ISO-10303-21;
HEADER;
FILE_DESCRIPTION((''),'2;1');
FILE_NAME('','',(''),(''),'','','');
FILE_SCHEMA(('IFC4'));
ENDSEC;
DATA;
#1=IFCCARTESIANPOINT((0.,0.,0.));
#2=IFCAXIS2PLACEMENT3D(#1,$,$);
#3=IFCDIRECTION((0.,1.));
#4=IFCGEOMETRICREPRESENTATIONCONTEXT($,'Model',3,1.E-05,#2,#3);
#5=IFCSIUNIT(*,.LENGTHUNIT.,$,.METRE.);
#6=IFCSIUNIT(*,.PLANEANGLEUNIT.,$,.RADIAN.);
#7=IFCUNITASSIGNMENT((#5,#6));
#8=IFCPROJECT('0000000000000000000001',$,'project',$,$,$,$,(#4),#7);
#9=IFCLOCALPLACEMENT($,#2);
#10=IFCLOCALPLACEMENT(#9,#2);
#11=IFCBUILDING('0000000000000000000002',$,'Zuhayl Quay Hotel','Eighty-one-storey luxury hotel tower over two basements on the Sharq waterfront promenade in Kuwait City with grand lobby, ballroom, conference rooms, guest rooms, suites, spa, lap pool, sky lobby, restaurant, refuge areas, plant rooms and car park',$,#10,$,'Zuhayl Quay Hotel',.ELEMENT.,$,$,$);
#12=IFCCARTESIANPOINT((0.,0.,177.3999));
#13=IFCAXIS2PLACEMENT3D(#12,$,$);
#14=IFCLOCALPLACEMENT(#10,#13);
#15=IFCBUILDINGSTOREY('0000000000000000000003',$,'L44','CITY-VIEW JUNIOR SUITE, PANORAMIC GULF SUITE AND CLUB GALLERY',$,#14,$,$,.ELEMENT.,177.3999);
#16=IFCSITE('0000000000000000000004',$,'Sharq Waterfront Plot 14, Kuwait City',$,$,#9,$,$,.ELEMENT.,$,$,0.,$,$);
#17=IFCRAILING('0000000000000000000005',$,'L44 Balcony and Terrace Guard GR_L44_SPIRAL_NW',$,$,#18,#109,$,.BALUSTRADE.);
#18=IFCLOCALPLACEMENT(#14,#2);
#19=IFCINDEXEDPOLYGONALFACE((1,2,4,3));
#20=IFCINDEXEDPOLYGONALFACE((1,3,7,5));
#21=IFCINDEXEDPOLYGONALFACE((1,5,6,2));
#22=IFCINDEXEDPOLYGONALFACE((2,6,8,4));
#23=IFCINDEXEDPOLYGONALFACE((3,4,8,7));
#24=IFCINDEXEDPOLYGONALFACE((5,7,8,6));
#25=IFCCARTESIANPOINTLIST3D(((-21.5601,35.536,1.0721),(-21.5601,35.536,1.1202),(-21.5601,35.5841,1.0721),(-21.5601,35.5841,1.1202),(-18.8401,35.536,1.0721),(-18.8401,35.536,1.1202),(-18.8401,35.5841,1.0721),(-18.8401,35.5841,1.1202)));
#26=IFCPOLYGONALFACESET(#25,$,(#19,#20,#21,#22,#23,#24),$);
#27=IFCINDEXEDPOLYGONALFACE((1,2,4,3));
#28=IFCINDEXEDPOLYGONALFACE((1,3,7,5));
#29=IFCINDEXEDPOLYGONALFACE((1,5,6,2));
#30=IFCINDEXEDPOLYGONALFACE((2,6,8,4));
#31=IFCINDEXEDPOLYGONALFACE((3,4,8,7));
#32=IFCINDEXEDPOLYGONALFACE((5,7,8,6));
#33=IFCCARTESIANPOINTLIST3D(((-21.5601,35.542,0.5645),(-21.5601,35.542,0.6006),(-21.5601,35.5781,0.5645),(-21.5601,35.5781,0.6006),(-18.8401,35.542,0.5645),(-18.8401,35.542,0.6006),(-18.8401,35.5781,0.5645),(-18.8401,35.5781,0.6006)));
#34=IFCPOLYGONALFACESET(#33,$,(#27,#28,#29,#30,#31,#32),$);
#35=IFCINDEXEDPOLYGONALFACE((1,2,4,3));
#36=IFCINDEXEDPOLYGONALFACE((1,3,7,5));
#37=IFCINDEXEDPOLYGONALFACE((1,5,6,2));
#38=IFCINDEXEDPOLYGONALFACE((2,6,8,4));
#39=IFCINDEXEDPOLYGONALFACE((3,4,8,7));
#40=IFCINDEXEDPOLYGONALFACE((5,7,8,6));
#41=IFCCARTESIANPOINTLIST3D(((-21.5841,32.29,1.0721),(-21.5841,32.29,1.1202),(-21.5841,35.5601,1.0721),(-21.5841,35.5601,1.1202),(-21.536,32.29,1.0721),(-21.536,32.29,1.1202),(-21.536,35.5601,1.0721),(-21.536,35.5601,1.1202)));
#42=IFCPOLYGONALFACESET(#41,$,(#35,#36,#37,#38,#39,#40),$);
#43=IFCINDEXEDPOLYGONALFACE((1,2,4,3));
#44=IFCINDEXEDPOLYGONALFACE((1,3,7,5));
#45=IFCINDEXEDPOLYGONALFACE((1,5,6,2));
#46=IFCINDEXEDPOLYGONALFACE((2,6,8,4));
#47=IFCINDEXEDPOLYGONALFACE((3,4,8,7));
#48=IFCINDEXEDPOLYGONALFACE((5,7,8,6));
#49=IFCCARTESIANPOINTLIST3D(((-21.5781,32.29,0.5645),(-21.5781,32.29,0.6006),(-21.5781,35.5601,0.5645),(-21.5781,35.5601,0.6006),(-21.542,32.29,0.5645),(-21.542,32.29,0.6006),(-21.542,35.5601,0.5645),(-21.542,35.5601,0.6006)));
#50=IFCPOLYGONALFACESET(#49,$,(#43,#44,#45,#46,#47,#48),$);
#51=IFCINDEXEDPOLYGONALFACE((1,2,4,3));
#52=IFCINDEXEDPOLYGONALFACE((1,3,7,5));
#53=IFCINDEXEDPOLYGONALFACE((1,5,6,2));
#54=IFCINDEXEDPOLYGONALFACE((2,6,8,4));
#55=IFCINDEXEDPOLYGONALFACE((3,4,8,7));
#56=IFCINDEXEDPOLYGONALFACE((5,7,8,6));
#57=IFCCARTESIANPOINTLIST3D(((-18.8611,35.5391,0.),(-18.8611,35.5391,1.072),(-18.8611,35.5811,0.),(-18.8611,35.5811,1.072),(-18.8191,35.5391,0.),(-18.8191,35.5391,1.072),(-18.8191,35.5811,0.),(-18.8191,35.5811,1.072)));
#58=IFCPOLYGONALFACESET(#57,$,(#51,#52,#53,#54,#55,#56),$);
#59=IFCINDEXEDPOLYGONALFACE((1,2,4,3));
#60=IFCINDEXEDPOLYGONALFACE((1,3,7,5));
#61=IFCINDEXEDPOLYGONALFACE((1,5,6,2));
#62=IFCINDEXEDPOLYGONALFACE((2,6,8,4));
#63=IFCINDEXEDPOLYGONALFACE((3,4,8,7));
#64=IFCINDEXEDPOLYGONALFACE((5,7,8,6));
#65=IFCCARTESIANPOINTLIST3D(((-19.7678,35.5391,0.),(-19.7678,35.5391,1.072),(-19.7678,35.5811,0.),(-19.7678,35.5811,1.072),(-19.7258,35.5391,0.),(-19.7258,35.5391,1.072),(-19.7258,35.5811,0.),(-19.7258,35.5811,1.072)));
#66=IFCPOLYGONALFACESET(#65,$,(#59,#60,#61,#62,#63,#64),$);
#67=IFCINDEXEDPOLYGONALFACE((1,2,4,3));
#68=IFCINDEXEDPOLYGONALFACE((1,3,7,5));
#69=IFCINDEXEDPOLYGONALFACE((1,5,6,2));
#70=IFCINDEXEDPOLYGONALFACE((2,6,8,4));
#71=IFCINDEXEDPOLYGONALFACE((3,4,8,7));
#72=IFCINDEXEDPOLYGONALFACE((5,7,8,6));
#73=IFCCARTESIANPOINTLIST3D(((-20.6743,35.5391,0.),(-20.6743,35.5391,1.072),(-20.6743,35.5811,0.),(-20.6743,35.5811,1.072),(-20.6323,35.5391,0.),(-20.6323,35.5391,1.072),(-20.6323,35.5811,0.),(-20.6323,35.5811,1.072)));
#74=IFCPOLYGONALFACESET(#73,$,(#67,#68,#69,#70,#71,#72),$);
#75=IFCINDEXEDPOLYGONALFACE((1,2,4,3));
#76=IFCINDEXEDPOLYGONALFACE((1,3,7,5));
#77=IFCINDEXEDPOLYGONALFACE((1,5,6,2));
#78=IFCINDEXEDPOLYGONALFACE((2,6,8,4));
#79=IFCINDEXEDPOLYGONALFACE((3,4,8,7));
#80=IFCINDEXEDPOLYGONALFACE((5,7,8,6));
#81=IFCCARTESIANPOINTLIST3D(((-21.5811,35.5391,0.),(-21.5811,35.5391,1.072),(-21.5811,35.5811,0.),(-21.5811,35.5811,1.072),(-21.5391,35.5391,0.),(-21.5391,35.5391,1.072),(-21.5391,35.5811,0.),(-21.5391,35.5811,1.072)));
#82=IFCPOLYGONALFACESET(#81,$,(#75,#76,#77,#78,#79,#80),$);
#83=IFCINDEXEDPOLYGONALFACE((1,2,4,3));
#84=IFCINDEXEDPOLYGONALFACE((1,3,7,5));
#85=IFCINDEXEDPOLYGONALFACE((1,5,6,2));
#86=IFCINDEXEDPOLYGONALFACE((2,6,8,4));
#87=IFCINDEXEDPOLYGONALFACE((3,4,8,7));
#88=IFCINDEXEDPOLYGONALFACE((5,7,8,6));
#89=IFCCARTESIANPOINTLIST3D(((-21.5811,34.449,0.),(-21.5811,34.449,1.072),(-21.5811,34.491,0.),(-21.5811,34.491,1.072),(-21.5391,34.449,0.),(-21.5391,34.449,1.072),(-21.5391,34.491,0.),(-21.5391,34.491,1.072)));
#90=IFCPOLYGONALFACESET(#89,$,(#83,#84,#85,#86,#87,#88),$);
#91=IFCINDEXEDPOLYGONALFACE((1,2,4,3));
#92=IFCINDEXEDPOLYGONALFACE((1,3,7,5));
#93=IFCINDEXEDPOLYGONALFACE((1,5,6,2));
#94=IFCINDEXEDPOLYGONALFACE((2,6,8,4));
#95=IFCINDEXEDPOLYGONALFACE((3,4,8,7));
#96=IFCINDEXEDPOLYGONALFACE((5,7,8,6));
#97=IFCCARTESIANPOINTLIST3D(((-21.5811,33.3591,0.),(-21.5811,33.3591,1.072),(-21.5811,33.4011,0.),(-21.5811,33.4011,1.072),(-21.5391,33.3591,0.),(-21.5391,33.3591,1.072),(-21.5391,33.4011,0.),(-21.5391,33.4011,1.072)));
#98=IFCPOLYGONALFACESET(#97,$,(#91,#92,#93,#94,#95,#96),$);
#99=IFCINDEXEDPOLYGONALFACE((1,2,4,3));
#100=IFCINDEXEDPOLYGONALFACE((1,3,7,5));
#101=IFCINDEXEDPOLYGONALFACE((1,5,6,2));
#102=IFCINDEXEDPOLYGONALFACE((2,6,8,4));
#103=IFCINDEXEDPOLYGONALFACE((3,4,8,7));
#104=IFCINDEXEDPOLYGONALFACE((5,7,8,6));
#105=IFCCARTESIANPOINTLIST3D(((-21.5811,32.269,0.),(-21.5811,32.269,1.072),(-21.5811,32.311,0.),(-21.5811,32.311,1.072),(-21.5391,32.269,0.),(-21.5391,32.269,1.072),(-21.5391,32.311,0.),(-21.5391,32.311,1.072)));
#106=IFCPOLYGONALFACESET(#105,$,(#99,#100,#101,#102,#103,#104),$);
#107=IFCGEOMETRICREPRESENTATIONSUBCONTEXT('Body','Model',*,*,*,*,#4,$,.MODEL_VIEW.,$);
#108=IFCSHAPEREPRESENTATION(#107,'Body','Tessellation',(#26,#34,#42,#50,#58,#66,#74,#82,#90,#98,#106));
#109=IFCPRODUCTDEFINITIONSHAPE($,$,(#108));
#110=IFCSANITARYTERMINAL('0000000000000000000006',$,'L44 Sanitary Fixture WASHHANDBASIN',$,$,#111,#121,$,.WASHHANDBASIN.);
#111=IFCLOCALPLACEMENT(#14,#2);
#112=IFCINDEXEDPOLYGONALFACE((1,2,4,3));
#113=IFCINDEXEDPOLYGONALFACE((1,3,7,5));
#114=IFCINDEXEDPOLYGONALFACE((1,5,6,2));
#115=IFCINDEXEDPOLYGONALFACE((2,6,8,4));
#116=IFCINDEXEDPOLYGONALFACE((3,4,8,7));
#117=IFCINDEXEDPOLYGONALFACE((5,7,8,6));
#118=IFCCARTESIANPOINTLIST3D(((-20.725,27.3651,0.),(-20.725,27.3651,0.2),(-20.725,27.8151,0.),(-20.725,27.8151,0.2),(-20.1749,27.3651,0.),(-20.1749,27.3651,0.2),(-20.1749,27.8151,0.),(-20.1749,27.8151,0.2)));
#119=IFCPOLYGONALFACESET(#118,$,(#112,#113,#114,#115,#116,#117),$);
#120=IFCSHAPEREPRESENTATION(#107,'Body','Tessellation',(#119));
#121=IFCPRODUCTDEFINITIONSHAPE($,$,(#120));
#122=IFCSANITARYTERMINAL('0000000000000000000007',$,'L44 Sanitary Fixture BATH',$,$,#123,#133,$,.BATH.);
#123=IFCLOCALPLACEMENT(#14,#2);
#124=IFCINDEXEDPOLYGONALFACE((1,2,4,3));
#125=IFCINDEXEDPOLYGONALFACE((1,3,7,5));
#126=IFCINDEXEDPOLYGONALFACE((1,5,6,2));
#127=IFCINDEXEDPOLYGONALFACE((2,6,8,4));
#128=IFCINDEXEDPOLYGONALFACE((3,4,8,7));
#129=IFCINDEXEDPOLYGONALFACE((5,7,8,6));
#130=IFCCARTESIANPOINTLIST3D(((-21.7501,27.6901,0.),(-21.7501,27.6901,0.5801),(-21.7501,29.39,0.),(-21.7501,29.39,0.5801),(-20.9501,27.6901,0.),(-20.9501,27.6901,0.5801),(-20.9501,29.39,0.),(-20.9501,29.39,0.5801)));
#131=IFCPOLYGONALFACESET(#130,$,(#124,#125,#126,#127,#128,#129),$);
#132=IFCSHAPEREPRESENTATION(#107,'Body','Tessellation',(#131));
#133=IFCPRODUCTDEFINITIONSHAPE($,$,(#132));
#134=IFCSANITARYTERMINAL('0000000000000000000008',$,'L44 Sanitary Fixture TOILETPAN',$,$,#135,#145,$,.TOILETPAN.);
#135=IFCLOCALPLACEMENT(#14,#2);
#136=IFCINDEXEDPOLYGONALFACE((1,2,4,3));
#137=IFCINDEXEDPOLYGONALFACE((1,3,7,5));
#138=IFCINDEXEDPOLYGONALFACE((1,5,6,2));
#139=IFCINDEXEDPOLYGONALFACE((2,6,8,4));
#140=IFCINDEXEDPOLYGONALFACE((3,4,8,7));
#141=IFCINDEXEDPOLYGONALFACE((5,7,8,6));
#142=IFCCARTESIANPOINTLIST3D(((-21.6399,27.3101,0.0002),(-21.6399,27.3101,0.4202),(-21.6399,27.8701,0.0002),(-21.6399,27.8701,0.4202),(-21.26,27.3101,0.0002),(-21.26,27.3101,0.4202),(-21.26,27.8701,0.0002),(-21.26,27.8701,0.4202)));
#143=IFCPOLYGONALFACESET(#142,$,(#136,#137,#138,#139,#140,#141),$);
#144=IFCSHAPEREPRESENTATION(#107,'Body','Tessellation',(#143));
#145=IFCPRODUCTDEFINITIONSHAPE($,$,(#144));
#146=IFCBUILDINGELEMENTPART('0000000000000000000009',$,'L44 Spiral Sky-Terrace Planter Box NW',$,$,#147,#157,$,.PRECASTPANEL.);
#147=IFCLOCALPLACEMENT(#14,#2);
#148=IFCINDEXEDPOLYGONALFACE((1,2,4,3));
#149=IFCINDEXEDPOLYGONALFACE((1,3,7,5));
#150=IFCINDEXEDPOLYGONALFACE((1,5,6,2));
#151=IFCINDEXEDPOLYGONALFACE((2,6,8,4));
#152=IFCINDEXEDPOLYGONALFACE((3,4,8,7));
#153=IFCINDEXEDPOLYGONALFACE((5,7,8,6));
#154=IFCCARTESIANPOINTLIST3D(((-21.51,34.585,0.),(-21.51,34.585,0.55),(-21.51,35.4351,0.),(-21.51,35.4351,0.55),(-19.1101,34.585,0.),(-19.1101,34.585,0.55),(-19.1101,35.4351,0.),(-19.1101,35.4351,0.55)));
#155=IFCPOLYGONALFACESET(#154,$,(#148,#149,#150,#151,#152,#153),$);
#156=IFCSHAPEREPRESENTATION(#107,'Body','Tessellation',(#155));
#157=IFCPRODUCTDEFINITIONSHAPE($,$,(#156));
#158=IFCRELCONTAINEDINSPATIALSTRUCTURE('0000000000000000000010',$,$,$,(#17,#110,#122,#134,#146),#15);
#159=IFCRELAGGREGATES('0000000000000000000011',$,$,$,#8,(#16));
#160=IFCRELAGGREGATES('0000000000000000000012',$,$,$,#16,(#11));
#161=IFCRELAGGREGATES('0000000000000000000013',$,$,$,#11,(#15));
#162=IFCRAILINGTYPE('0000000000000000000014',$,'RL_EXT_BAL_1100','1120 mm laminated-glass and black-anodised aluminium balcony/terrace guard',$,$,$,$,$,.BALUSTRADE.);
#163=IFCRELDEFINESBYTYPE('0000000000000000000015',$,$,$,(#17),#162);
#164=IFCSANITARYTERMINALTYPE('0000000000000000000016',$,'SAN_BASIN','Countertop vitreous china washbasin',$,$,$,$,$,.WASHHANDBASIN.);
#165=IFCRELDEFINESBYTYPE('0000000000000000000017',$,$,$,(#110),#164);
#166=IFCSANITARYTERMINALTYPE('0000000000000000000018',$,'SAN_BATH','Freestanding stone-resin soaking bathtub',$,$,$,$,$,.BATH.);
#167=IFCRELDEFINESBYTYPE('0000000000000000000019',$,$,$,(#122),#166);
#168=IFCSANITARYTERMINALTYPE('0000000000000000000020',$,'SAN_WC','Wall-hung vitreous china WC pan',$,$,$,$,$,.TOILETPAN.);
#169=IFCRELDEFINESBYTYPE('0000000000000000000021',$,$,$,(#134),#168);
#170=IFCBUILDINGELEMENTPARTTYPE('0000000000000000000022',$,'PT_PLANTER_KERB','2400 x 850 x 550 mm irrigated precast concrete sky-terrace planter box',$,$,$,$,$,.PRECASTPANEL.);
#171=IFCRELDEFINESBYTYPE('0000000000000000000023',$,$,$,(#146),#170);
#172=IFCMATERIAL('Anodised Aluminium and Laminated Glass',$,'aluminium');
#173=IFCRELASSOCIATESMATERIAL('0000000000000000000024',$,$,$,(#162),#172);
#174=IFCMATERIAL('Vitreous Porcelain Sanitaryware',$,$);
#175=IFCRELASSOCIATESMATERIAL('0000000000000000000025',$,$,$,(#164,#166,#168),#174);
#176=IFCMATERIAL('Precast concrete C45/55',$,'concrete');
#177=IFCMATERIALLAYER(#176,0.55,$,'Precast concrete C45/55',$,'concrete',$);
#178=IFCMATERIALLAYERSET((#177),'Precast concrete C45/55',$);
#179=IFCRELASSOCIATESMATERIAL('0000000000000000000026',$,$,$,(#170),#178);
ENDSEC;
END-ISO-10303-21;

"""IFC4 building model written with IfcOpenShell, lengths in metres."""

from ifc_helpers import new_model, si_unit, direction, frame, origin, origin_2d, place, context, subcontext, project, spatial, rectangle, extrude, material, layer, layer_set, type_object, element, save


model = new_model("IFC4")

# Units and contexts
model_context = context("Model", 3, precision=1e-05, world=origin(), true_north=direction((0.0, 1.0)))
body_context = subcontext(model_context, "Body", "Model", "MODEL_VIEW")
ifc_project = project(units=[si_unit("LENGTHUNIT", "METRE"), si_unit("PLANEANGLEUNIT", "RADIAN")], contexts=[model_context])

# Site, building, storey
site_placement = place(None, origin())
site = spatial("IfcSite", under=ifc_project, at=site_placement, Name="Sharq Waterfront Plot 14, Kuwait City", CompositionType="ELEMENT", RefElevation=0.0)
building_placement = place(site_placement, origin())
building = spatial("IfcBuilding", under=site, at=building_placement, Name="Zuhayl Quay Hotel", Description="Eighty-one-storey luxury hotel tower over two basements on the Sharq waterfront promenade in Kuwait City with grand lobby, ballroom, conference rooms, guest rooms, suites, spa, lap pool, sky lobby, restaurant, refuge areas, plant rooms and car park", LongName="Zuhayl Quay Hotel", CompositionType="ELEMENT")
storey_placement = place(building_placement, frame((0.0, 0.0, 177.3999)))
storey = spatial("IfcBuildingStorey", under=building, at=storey_placement, Name="L44", Description="CITY-VIEW JUNIOR SUITE, PANORAMIC GULF SUITE AND CLUB GALLERY", CompositionType="ELEMENT", Elevation=177.3999)

# Shared definitions
ifc_material_1 = material(Name="Precast concrete C45/55", Category="concrete")

# Railing
ifc_material_2 = material(Name="Anodised Aluminium and Laminated Glass", Category="aluminium")
railing_type = type_object("IfcRailingType", Name="RL_EXT_BAL_1100", Description="1120 mm laminated-glass and black-anodised aluminium balcony/terrace guard", PredefinedType="BALUSTRADE", material=ifc_material_2)
railing_1_placement = place(storey_placement, frame((-18.8401, 35.5601, 0.0)))
element("IfcRailing", 1, at=railing_1_placement, inside=storey, type_object=railing_type, Name="L44 Balcony and Terrace Guard GR_L44_SPIRAL_NW", PredefinedType="BALUSTRADE", context=body_context, shape_type="SweptSolid", body=[
    extrude(rectangle(XDim=0.0481, YDim=0.0481, at=origin_2d()), frame((0.0, 0.0, 1.0962), z_axis=(-1.0, 0.0, 0.0), x_axis=(0.0, -1.0, 0.0)), (0.0, 0.0, 1.0), 2.72),
    extrude(rectangle(XDim=0.0361, YDim=0.0361, at=origin_2d()), frame((0.0, 0.0, 0.5825), z_axis=(-1.0, 0.0, 0.0), x_axis=(0.0, -1.0, 0.0)), (0.0, 0.0, 1.0), 2.72),
    extrude(rectangle(XDim=0.0481, YDim=0.0481, at=origin_2d()), frame((-2.72, 0.0, 1.0962), z_axis=(0.0, -1.0, 0.0), x_axis=(1.0, 0.0, 0.0)), (0.0, 0.0, 1.0), 3.27),
    extrude(rectangle(XDim=0.0361, YDim=0.0361, at=origin_2d()), frame((-2.72, 0.0, 0.5825), z_axis=(0.0, -1.0, 0.0), x_axis=(1.0, 0.0, 0.0)), (0.0, 0.0, 1.0), 3.27),
    extrude(rectangle(XDim=0.042, YDim=0.042, at=origin_2d()), origin(), (0.0, 0.0, 1.0), 1.072),
    extrude(rectangle(XDim=0.042, YDim=0.042, at=origin_2d()), frame((-0.9067, 0.0, 0.0)), (0.0, 0.0, 1.0), 1.072),
    extrude(rectangle(XDim=0.042, YDim=0.042, at=origin_2d()), frame((-1.8132, 0.0, 0.0)), (0.0, 0.0, 1.0), 1.072),
    extrude(rectangle(XDim=0.042, YDim=0.042, at=origin_2d()), frame((-2.72, 0.0, 0.0)), (0.0, 0.0, 1.0), 1.072),
    extrude(rectangle(XDim=0.042, YDim=0.042, at=origin_2d()), frame((-2.72, -1.0901, 0.0)), (0.0, 0.0, 1.0), 1.072),
    extrude(rectangle(XDim=0.042, YDim=0.042, at=origin_2d()), frame((-2.72, -2.1799, 0.0)), (0.0, 0.0, 1.0), 1.072),
    extrude(rectangle(XDim=0.042, YDim=0.042, at=origin_2d()), frame((-2.72, -3.27, 0.0)), (0.0, 0.0, 1.0), 1.072),
])

# Sanitary terminals
ifc_material_3 = material(Name="Vitreous Porcelain Sanitaryware")
sanitary_terminal_type_1 = type_object("IfcSanitaryTerminalType", Name="SAN_BASIN", Description="Countertop vitreous china washbasin", PredefinedType="WASHHANDBASIN", material=ifc_material_3)
sanitary_terminal_1_placement = place(storey_placement, frame((-20.45, 27.5901, 0.0), z_axis=(0.0, 0.0, 1.0), x_axis=(1.0, 0.0, 0.0)))
element("IfcSanitaryTerminal", 2, at=sanitary_terminal_1_placement, inside=storey, type_object=sanitary_terminal_type_1, Name="L44 Sanitary Fixture WASHHANDBASIN", PredefinedType="WASHHANDBASIN", context=body_context, shape_type="SweptSolid", body=[
    extrude(rectangle(XDim=0.55, YDim=0.45, at=origin_2d()), origin(), (0.0, 0.0, 1.0), 0.2),
])
sanitary_terminal_type_2 = type_object("IfcSanitaryTerminalType", Name="SAN_BATH", Description="Freestanding stone-resin soaking bathtub", PredefinedType="BATH", material=ifc_material_3)
sanitary_terminal_2_placement = place(storey_placement, frame((-21.3501, 28.54, 0.0), z_axis=(0.0, 0.0, 1.0), x_axis=(1.0, 0.0, 0.0)))
element("IfcSanitaryTerminal", 3, at=sanitary_terminal_2_placement, inside=storey, type_object=sanitary_terminal_type_2, Name="L44 Sanitary Fixture BATH", PredefinedType="BATH", context=body_context, shape_type="SweptSolid", body=[
    extrude(rectangle(XDim=0.8, YDim=1.7, at=origin_2d()), origin(), (0.0, 0.0, 1.0), 0.5801),
])
sanitary_terminal_type_3 = type_object("IfcSanitaryTerminalType", Name="SAN_WC", Description="Wall-hung vitreous china WC pan", PredefinedType="TOILETPAN", material=ifc_material_3)
sanitary_terminal_3_placement = place(storey_placement, frame((-21.45, 27.5901, 0.0002), z_axis=(0.0, 0.0, 1.0), x_axis=(1.0, 0.0, 0.0)))
element("IfcSanitaryTerminal", 4, at=sanitary_terminal_3_placement, inside=storey, type_object=sanitary_terminal_type_3, Name="L44 Sanitary Fixture TOILETPAN", PredefinedType="TOILETPAN", context=body_context, shape_type="SweptSolid", body=[
    extrude(rectangle(XDim=0.3799, YDim=0.5601, at=origin_2d()), origin(), (0.0, 0.0, 1.0), 0.4199),
])

# Building element part
ifc_layer_1 = layer(ifc_material_1, 0.55, Name="Precast concrete C45/55", Category="concrete")
ifc_layer_set_1 = layer_set([ifc_layer_1], Name="Precast concrete C45/55")
building_element_part_type = type_object("IfcBuildingElementPartType", Name="PT_PLANTER_KERB", Description="2400 x 850 x 550 mm irrigated precast concrete sky-terrace planter box", PredefinedType="PRECASTPANEL", material=ifc_layer_set_1)
building_element_part_placement = place(storey_placement, frame((-20.3101, 35.01, 0.0), z_axis=(0.0, 0.0, 1.0), x_axis=(1.0, 0.0, 0.0)))
element("IfcBuildingElementPart", 5, at=building_element_part_placement, inside=storey, type_object=building_element_part_type, Name="L44 Spiral Sky-Terrace Planter Box NW", PredefinedType="PRECASTPANEL", context=body_context, shape_type="SweptSolid", body=[
    extrude(rectangle(XDim=2.3999, YDim=0.8501, at=origin_2d()), origin(), (0.0, 0.0, 1.0), 0.55),
])

save(model, "model.ifc")
